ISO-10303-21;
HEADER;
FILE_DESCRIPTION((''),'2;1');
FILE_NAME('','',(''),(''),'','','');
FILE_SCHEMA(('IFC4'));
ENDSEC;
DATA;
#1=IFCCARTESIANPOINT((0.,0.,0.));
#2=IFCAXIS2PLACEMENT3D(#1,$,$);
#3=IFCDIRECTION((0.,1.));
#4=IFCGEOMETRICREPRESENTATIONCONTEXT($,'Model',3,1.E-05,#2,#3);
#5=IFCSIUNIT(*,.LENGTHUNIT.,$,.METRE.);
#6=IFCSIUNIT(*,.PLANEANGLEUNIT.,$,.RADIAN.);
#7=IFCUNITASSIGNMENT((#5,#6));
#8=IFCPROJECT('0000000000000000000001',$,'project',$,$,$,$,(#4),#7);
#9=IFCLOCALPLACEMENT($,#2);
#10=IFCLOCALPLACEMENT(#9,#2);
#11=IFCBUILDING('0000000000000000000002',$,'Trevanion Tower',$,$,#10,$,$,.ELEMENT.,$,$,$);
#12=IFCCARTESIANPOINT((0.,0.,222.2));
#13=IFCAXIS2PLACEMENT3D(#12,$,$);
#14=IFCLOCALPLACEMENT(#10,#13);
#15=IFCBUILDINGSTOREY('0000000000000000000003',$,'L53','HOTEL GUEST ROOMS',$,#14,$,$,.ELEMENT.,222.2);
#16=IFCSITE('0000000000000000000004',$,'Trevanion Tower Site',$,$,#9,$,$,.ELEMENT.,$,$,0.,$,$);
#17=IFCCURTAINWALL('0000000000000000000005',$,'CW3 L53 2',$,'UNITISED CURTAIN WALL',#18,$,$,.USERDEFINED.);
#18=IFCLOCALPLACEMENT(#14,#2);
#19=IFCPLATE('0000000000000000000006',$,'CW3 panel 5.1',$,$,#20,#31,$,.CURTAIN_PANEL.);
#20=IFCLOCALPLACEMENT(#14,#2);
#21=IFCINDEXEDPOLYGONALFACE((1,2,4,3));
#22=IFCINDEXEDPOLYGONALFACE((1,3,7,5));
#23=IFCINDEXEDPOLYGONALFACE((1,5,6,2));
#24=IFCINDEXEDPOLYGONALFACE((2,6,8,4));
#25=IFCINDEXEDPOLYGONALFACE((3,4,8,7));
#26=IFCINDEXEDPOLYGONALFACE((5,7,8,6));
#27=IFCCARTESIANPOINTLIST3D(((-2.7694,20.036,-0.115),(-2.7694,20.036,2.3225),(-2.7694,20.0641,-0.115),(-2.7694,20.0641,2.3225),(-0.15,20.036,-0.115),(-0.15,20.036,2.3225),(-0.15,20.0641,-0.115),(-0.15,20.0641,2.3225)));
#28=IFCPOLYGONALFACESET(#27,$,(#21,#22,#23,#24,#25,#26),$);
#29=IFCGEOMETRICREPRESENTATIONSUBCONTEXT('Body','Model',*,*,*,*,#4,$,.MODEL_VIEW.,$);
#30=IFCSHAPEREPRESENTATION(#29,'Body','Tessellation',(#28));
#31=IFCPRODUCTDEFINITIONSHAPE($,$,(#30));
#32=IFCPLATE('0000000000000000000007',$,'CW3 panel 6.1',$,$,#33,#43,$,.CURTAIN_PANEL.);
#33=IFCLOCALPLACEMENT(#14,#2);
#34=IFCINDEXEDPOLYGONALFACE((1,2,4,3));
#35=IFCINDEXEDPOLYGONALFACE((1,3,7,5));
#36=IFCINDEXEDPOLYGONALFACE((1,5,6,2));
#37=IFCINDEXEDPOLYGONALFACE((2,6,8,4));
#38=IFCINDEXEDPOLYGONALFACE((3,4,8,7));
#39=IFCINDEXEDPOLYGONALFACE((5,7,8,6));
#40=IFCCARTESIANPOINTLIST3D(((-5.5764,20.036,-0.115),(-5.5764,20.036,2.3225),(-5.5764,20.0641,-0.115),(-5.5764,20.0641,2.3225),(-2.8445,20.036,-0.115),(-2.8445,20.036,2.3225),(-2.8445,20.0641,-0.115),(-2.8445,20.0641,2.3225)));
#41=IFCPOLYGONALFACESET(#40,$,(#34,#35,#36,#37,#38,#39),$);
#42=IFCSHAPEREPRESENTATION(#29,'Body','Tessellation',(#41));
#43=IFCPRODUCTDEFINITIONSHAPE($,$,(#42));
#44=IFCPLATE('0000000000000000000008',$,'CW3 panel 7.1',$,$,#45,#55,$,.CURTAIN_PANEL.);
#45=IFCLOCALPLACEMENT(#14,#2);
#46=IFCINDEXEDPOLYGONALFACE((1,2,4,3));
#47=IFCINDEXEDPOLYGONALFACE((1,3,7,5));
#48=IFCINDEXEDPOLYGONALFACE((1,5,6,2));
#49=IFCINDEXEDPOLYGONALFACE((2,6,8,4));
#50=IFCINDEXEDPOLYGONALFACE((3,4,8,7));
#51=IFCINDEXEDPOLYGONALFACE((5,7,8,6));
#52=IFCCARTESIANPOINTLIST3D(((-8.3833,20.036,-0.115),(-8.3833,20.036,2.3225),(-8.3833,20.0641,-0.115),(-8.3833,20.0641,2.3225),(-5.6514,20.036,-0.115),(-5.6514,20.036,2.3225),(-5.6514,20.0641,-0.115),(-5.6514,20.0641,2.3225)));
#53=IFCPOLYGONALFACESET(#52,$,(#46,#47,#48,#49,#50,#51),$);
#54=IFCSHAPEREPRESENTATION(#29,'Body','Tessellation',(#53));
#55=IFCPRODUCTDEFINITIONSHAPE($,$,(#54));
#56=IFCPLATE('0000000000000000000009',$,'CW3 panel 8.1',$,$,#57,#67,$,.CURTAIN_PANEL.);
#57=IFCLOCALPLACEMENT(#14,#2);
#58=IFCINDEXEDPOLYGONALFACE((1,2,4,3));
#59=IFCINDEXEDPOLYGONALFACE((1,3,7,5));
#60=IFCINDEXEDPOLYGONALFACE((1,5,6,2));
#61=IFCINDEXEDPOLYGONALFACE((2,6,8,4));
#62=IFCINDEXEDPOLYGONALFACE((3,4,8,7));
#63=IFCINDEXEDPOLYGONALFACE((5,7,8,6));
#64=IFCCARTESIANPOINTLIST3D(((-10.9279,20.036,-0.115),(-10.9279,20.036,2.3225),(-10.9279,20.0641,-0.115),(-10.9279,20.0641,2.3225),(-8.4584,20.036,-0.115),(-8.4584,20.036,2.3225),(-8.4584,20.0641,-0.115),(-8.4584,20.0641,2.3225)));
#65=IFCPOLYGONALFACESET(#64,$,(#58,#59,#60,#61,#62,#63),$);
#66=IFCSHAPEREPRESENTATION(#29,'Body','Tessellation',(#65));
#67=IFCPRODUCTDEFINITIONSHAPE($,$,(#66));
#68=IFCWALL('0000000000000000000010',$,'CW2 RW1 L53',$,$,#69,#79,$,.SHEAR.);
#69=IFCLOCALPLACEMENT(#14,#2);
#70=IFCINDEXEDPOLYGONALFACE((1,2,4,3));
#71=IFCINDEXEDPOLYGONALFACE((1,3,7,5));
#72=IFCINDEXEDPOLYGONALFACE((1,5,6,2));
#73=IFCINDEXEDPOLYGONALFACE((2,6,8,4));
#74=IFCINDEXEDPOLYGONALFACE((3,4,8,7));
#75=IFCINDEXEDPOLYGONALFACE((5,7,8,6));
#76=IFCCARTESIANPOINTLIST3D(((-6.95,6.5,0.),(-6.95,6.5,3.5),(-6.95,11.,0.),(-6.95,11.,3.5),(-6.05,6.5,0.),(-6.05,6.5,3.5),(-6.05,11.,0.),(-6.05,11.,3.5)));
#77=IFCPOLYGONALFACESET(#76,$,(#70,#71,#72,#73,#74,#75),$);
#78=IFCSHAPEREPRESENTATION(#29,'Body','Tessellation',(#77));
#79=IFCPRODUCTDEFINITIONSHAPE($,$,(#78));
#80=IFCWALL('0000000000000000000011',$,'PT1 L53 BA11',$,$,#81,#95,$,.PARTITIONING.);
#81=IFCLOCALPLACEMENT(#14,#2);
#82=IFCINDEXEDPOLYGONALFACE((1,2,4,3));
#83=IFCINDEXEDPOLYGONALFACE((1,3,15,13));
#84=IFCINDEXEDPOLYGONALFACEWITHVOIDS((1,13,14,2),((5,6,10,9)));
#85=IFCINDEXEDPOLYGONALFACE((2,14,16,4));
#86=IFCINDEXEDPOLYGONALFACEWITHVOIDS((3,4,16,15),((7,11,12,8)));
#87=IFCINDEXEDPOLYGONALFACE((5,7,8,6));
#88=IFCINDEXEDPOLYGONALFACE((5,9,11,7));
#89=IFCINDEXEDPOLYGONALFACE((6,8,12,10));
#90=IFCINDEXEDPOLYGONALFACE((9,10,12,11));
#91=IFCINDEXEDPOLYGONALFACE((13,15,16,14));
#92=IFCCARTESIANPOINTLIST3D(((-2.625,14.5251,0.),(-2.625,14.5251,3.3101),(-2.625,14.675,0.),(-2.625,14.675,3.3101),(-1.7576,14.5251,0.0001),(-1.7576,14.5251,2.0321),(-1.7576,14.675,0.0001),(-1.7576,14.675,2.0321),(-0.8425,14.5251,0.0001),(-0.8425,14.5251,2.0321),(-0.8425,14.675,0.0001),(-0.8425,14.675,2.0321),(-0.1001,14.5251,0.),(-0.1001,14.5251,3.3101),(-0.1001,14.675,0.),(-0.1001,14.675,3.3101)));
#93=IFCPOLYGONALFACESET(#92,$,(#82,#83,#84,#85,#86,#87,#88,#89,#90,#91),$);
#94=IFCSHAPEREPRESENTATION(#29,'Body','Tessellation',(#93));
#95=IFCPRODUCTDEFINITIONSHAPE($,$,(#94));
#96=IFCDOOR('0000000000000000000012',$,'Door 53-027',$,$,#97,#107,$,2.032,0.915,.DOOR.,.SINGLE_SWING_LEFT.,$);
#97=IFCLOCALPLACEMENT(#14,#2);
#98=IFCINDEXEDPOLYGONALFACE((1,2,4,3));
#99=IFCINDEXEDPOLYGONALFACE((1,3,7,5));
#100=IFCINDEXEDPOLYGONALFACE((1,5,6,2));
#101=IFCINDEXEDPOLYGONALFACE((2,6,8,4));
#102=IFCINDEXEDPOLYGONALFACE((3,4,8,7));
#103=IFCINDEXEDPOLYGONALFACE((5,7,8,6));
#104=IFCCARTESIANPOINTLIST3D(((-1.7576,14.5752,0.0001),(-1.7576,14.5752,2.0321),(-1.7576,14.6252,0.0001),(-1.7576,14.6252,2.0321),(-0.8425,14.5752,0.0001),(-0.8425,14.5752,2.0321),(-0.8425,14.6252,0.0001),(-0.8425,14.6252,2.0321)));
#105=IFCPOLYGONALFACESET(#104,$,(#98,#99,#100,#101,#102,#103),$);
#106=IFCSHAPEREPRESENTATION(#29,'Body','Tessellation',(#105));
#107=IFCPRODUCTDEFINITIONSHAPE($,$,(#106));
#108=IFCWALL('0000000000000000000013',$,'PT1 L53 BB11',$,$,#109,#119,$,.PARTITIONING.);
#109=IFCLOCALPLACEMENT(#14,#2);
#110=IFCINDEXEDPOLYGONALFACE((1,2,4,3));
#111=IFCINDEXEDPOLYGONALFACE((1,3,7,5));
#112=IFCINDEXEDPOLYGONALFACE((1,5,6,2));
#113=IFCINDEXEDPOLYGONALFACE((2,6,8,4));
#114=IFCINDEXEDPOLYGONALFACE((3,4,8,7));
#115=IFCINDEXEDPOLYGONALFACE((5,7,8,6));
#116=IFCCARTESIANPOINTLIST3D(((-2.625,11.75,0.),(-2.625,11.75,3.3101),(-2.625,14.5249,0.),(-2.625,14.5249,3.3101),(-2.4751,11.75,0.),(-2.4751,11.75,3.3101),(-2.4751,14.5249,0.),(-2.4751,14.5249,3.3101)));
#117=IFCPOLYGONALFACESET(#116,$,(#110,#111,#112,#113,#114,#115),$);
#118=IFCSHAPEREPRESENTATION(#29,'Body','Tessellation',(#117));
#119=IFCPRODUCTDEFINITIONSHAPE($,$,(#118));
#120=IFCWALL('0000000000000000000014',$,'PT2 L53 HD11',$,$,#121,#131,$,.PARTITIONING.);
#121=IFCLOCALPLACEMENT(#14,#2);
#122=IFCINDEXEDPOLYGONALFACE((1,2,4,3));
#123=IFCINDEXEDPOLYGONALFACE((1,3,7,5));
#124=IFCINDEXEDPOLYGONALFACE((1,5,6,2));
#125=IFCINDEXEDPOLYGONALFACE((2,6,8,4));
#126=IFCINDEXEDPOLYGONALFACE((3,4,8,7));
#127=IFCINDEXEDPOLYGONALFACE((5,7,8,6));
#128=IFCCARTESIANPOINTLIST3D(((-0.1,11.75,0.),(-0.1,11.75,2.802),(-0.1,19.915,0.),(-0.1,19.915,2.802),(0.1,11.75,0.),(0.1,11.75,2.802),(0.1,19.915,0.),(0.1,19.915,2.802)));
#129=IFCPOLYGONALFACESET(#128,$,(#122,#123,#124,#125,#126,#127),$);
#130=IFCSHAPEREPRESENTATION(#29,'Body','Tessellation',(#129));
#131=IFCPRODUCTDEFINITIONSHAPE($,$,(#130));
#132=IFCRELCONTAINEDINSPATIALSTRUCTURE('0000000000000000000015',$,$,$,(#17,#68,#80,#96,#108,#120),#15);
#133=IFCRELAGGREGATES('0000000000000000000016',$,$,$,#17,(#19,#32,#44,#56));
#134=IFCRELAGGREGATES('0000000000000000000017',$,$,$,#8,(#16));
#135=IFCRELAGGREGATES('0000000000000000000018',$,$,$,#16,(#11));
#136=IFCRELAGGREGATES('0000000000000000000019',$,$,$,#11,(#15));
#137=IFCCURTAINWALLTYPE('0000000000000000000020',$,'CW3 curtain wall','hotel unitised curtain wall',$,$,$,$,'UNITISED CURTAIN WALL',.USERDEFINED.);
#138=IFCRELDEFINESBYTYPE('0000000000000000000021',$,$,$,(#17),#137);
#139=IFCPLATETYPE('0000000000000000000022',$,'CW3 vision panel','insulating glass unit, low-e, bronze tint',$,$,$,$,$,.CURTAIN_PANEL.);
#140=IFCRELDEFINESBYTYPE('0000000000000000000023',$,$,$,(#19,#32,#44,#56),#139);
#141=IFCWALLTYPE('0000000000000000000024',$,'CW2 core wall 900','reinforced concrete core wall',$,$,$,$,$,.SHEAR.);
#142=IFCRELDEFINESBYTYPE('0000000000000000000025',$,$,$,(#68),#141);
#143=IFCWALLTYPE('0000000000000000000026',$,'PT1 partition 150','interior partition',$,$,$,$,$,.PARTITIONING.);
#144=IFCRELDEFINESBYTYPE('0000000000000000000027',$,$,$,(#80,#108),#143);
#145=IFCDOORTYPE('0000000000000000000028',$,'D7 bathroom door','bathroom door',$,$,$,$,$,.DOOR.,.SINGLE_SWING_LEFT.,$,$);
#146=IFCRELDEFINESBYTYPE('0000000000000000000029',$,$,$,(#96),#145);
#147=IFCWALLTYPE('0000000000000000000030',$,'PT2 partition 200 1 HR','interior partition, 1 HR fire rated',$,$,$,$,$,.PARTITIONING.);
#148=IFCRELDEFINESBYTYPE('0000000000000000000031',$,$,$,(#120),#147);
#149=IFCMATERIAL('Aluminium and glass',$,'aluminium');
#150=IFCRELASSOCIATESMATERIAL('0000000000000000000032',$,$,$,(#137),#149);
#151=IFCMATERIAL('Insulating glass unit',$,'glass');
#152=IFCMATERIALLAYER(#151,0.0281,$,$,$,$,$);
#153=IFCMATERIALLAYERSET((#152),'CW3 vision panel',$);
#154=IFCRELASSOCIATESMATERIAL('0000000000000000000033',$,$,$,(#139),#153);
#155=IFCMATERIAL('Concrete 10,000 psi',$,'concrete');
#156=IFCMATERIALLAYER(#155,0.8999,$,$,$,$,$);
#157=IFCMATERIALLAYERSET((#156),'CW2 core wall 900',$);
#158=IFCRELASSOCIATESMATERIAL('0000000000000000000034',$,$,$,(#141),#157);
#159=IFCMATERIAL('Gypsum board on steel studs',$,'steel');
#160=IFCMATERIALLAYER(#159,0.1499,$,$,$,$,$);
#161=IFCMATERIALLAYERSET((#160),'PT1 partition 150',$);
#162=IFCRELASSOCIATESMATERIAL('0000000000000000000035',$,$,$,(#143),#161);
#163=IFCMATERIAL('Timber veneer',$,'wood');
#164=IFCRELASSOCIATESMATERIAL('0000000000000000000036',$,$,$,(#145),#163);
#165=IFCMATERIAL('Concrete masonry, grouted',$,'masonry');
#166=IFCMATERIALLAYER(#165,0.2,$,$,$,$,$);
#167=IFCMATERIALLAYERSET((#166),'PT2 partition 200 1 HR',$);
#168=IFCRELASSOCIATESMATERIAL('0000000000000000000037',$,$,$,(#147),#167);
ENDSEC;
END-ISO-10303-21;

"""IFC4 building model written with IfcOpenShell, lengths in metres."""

from ifc_helpers import new_model, si_unit, direction, frame, frame_2d, origin, origin_2d, place, context, subcontext, project, spatial, rectangle, extrude, material, layer, layer_set, type_object, element, fill, aggregate, save


model = new_model("IFC4")

# Units and contexts
model_context = context("Model", 3, precision=1e-05, world=origin(), true_north=direction((0.0, 1.0)))
body_context = subcontext(model_context, "Body", "Model", "MODEL_VIEW")
ifc_project = project(units=[si_unit("LENGTHUNIT", "METRE"), si_unit("PLANEANGLEUNIT", "RADIAN")], contexts=[model_context])

# Site, building, storey
site_placement = place(None, origin())
site = spatial("IfcSite", under=ifc_project, at=site_placement, Name="Trevanion Tower Site", CompositionType="ELEMENT", RefElevation=0.0)
building_placement = place(site_placement, origin())
building = spatial("IfcBuilding", under=site, at=building_placement, Name="Trevanion Tower", CompositionType="ELEMENT")
storey_placement = place(building_placement, frame((0.0, 0.0, 222.2)))
storey = spatial("IfcBuildingStorey", under=building, at=storey_placement, Name="L53", Description="HOTEL GUEST ROOMS", CompositionType="ELEMENT", Elevation=222.2)

# Curtain wall
ifc_material_1 = material(Name="Aluminium and glass", Category="aluminium")
curtain_wall_type = type_object("IfcCurtainWallType", Name="CW3 curtain wall", Description="hotel unitised curtain wall", ElementType="UNITISED CURTAIN WALL", PredefinedType="USERDEFINED", material=ifc_material_1)
curtain_wall_placement = place(storey_placement, origin())
curtain_wall = element("IfcCurtainWall", 1, at=curtain_wall_placement, inside=storey, type_object=curtain_wall_type, Name="CW3 L53 2", ObjectType="UNITISED CURTAIN WALL", PredefinedType="USERDEFINED")

# Plates
ifc_material_2 = material(Name="Insulating glass unit", Category="glass")
ifc_layer_1 = layer(ifc_material_2, 0.0281)
ifc_layer_set_1 = layer_set([ifc_layer_1], Name="CW3 vision panel")
plate_type_1 = type_object("IfcPlateType", Name="CW3 vision panel", Description="insulating glass unit, low-e, bronze tint", PredefinedType="CURTAIN_PANEL", material=ifc_layer_set_1)
plate_1_placement = place(storey_placement, frame((-1.4597, 20.05, -0.115), z_axis=(0.0, 0.0, 1.0), x_axis=(-1.0, 0.0, 0.0)))
plate_1 = element("IfcPlate", 2, at=plate_1_placement, type_object=plate_type_1, Name="CW3 panel 5.1", PredefinedType="CURTAIN_PANEL", context=body_context, shape_type="SweptSolid", body=[
    extrude(rectangle(XDim=2.6194, YDim=0.0281, at=origin_2d()), origin(), (0.0, 0.0, 1.0), 2.4375),
])
plate_2_placement = place(storey_placement, frame((-4.2104, 20.05, -0.115), z_axis=(0.0, 0.0, 1.0), x_axis=(-1.0, 0.0, 0.0)))
plate_2 = element("IfcPlate", 3, at=plate_2_placement, type_object=plate_type_1, Name="CW3 panel 6.1", PredefinedType="CURTAIN_PANEL", context=body_context, shape_type="SweptSolid", body=[
    extrude(rectangle(XDim=2.7319, YDim=0.0281, at=origin_2d()), origin(), (0.0, 0.0, 1.0), 2.4375),
])
plate_3_placement = place(storey_placement, frame((-7.0173, 20.05, -0.115), z_axis=(0.0, 0.0, 1.0), x_axis=(-1.0, 0.0, 0.0)))
plate_3 = element("IfcPlate", 4, at=plate_3_placement, type_object=plate_type_1, Name="CW3 panel 7.1", PredefinedType="CURTAIN_PANEL", context=body_context, shape_type="SweptSolid", body=[
    extrude(rectangle(XDim=2.7319, YDim=0.0281, at=origin_2d()), origin(), (0.0, 0.0, 1.0), 2.4375),
])
plate_4_placement = place(storey_placement, frame((-9.6931, 20.05, -0.115), z_axis=(0.0, 0.0, 1.0), x_axis=(-1.0, 0.0, 0.0)))
plate_4 = element("IfcPlate", 5, at=plate_4_placement, type_object=plate_type_1, Name="CW3 panel 8.1", PredefinedType="CURTAIN_PANEL", context=body_context, shape_type="SweptSolid", body=[
    extrude(rectangle(XDim=2.4695, YDim=0.0281, at=origin_2d()), origin(), (0.0, 0.0, 1.0), 2.4375),
])
aggregate(curtain_wall, [plate_1, plate_2, plate_3, plate_4])

# Wall
ifc_material_3 = material(Name="Concrete 10,000 psi", Category="concrete")
ifc_layer_2 = layer(ifc_material_3, 0.8999)
ifc_layer_set_2 = layer_set([ifc_layer_2], Name="CW2 core wall 900")
wall_type_1 = type_object("IfcWallType", Name="CW2 core wall 900", Description="reinforced concrete core wall", PredefinedType="SHEAR", material=ifc_layer_set_2)
wall_1_placement = place(storey_placement, frame((-6.5, 11.0, 0.0), z_axis=(0.0, 0.0, 1.0), x_axis=(0.0, -1.0, 0.0)))
element("IfcWall", 6, at=wall_1_placement, inside=storey, type_object=wall_type_1, Name="CW2 RW1 L53", PredefinedType="SHEAR", context=body_context, shape_type="SweptSolid", body=[
    extrude(rectangle(XDim=4.5, YDim=0.8999, at=frame_2d((2.25, 0.0))), origin(), (0.0, 0.0, 1.0), 3.5),
])

# Wall, opening, door
ifc_material_4 = material(Name="Gypsum board on steel studs", Category="steel")
ifc_layer_3 = layer(ifc_material_4, 0.1499)
ifc_layer_set_3 = layer_set([ifc_layer_3], Name="PT1 partition 150")
wall_type_2 = type_object("IfcWallType", Name="PT1 partition 150", Description="interior partition", PredefinedType="PARTITIONING", material=ifc_layer_set_3)
wall_2_placement = place(storey_placement, frame((-0.1001, 14.6001, 0.0), z_axis=(0.0, 0.0, 1.0), x_axis=(-1.0, 0.0, 0.0)))
wall_2 = element("IfcWall", 7, at=wall_2_placement, inside=storey, type_object=wall_type_2, Name="PT1 L53 BA11", PredefinedType="PARTITIONING", context=body_context, shape_type="SweptSolid", body=[
    extrude(rectangle(XDim=2.5249, YDim=0.1499, at=frame_2d((1.2625, 0.0))), origin(), (0.0, 0.0, 1.0), 3.3101),
])
opening_placement = place(wall_2_placement, frame((0.7424, 0.0, 0.0)))
opening = element("IfcOpeningElement", 8, at=opening_placement, cuts=wall_2, PredefinedType="OPENING", context=body_context, shape_type="SweptSolid", body=[
    extrude(rectangle(XDim=0.915, YDim=2.032, at=frame_2d((0.4575, 1.0161))), frame((0.0, 0.085, 0.0), z_axis=(0.0, -1.0, 0.0), x_axis=(1.0, 0.0, 0.0)), (0.0, 0.0, 1.0), 0.1699),
])
ifc_material_5 = material(Name="Timber veneer", Category="wood")
door_type = type_object("IfcDoorType", Name="D7 bathroom door", Description="bathroom door", OperationType="SINGLE_SWING_LEFT", PredefinedType="DOOR", material=ifc_material_5)
door_placement = place(opening_placement, origin())
door = element("IfcDoor", 9, at=door_placement, inside=storey, type_object=door_type, Name="Door 53-027", OperationType="SINGLE_SWING_LEFT", OverallHeight=2.032, OverallWidth=0.915, PredefinedType="DOOR", context=body_context, shape_type="SweptSolid", body=[
    extrude(rectangle(XDim=0.915, YDim=2.032, at=frame_2d((0.4575, 1.0161))), frame((0.0, 0.0249, 0.0), z_axis=(0.0, -1.0, 0.0), x_axis=(1.0, 0.0, 0.0)), (0.0, 0.0, 1.0), 0.05),
])
fill(opening, door)

# Walls
wall_3_placement = place(storey_placement, frame((-2.55, 11.75, 0.0), z_axis=(0.0, 0.0, 1.0), x_axis=(0.0, 1.0, 0.0)))
element("IfcWall", 10, at=wall_3_placement, inside=storey, type_object=wall_type_2, Name="PT1 L53 BB11", PredefinedType="PARTITIONING", context=body_context, shape_type="SweptSolid", body=[
    extrude(rectangle(XDim=2.7749, YDim=0.1499, at=frame_2d((1.3875, 0.0))), origin(), (0.0, 0.0, 1.0), 3.3101),
])
ifc_material_6 = material(Name="Concrete masonry, grouted", Category="masonry")
ifc_layer_4 = layer(ifc_material_6, 0.2)
ifc_layer_set_4 = layer_set([ifc_layer_4], Name="PT2 partition 200 1 HR")
wall_type_3 = type_object("IfcWallType", Name="PT2 partition 200 1 HR", Description="interior partition, 1 HR fire rated", PredefinedType="PARTITIONING", material=ifc_layer_set_4)
wall_4_placement = place(storey_placement, frame((0.0, 11.75, 0.0), z_axis=(0.0, 0.0, 1.0), x_axis=(0.0, 1.0, 0.0)))
element("IfcWall", 11, at=wall_4_placement, inside=storey, type_object=wall_type_3, Name="PT2 L53 HD11", PredefinedType="PARTITIONING", context=body_context, shape_type="SweptSolid", body=[
    extrude(rectangle(XDim=8.165, YDim=0.2, at=frame_2d((4.0825, 0.0))), origin(), (0.0, 0.0, 1.0), 2.802),
])

save(model, "model.ifc")
